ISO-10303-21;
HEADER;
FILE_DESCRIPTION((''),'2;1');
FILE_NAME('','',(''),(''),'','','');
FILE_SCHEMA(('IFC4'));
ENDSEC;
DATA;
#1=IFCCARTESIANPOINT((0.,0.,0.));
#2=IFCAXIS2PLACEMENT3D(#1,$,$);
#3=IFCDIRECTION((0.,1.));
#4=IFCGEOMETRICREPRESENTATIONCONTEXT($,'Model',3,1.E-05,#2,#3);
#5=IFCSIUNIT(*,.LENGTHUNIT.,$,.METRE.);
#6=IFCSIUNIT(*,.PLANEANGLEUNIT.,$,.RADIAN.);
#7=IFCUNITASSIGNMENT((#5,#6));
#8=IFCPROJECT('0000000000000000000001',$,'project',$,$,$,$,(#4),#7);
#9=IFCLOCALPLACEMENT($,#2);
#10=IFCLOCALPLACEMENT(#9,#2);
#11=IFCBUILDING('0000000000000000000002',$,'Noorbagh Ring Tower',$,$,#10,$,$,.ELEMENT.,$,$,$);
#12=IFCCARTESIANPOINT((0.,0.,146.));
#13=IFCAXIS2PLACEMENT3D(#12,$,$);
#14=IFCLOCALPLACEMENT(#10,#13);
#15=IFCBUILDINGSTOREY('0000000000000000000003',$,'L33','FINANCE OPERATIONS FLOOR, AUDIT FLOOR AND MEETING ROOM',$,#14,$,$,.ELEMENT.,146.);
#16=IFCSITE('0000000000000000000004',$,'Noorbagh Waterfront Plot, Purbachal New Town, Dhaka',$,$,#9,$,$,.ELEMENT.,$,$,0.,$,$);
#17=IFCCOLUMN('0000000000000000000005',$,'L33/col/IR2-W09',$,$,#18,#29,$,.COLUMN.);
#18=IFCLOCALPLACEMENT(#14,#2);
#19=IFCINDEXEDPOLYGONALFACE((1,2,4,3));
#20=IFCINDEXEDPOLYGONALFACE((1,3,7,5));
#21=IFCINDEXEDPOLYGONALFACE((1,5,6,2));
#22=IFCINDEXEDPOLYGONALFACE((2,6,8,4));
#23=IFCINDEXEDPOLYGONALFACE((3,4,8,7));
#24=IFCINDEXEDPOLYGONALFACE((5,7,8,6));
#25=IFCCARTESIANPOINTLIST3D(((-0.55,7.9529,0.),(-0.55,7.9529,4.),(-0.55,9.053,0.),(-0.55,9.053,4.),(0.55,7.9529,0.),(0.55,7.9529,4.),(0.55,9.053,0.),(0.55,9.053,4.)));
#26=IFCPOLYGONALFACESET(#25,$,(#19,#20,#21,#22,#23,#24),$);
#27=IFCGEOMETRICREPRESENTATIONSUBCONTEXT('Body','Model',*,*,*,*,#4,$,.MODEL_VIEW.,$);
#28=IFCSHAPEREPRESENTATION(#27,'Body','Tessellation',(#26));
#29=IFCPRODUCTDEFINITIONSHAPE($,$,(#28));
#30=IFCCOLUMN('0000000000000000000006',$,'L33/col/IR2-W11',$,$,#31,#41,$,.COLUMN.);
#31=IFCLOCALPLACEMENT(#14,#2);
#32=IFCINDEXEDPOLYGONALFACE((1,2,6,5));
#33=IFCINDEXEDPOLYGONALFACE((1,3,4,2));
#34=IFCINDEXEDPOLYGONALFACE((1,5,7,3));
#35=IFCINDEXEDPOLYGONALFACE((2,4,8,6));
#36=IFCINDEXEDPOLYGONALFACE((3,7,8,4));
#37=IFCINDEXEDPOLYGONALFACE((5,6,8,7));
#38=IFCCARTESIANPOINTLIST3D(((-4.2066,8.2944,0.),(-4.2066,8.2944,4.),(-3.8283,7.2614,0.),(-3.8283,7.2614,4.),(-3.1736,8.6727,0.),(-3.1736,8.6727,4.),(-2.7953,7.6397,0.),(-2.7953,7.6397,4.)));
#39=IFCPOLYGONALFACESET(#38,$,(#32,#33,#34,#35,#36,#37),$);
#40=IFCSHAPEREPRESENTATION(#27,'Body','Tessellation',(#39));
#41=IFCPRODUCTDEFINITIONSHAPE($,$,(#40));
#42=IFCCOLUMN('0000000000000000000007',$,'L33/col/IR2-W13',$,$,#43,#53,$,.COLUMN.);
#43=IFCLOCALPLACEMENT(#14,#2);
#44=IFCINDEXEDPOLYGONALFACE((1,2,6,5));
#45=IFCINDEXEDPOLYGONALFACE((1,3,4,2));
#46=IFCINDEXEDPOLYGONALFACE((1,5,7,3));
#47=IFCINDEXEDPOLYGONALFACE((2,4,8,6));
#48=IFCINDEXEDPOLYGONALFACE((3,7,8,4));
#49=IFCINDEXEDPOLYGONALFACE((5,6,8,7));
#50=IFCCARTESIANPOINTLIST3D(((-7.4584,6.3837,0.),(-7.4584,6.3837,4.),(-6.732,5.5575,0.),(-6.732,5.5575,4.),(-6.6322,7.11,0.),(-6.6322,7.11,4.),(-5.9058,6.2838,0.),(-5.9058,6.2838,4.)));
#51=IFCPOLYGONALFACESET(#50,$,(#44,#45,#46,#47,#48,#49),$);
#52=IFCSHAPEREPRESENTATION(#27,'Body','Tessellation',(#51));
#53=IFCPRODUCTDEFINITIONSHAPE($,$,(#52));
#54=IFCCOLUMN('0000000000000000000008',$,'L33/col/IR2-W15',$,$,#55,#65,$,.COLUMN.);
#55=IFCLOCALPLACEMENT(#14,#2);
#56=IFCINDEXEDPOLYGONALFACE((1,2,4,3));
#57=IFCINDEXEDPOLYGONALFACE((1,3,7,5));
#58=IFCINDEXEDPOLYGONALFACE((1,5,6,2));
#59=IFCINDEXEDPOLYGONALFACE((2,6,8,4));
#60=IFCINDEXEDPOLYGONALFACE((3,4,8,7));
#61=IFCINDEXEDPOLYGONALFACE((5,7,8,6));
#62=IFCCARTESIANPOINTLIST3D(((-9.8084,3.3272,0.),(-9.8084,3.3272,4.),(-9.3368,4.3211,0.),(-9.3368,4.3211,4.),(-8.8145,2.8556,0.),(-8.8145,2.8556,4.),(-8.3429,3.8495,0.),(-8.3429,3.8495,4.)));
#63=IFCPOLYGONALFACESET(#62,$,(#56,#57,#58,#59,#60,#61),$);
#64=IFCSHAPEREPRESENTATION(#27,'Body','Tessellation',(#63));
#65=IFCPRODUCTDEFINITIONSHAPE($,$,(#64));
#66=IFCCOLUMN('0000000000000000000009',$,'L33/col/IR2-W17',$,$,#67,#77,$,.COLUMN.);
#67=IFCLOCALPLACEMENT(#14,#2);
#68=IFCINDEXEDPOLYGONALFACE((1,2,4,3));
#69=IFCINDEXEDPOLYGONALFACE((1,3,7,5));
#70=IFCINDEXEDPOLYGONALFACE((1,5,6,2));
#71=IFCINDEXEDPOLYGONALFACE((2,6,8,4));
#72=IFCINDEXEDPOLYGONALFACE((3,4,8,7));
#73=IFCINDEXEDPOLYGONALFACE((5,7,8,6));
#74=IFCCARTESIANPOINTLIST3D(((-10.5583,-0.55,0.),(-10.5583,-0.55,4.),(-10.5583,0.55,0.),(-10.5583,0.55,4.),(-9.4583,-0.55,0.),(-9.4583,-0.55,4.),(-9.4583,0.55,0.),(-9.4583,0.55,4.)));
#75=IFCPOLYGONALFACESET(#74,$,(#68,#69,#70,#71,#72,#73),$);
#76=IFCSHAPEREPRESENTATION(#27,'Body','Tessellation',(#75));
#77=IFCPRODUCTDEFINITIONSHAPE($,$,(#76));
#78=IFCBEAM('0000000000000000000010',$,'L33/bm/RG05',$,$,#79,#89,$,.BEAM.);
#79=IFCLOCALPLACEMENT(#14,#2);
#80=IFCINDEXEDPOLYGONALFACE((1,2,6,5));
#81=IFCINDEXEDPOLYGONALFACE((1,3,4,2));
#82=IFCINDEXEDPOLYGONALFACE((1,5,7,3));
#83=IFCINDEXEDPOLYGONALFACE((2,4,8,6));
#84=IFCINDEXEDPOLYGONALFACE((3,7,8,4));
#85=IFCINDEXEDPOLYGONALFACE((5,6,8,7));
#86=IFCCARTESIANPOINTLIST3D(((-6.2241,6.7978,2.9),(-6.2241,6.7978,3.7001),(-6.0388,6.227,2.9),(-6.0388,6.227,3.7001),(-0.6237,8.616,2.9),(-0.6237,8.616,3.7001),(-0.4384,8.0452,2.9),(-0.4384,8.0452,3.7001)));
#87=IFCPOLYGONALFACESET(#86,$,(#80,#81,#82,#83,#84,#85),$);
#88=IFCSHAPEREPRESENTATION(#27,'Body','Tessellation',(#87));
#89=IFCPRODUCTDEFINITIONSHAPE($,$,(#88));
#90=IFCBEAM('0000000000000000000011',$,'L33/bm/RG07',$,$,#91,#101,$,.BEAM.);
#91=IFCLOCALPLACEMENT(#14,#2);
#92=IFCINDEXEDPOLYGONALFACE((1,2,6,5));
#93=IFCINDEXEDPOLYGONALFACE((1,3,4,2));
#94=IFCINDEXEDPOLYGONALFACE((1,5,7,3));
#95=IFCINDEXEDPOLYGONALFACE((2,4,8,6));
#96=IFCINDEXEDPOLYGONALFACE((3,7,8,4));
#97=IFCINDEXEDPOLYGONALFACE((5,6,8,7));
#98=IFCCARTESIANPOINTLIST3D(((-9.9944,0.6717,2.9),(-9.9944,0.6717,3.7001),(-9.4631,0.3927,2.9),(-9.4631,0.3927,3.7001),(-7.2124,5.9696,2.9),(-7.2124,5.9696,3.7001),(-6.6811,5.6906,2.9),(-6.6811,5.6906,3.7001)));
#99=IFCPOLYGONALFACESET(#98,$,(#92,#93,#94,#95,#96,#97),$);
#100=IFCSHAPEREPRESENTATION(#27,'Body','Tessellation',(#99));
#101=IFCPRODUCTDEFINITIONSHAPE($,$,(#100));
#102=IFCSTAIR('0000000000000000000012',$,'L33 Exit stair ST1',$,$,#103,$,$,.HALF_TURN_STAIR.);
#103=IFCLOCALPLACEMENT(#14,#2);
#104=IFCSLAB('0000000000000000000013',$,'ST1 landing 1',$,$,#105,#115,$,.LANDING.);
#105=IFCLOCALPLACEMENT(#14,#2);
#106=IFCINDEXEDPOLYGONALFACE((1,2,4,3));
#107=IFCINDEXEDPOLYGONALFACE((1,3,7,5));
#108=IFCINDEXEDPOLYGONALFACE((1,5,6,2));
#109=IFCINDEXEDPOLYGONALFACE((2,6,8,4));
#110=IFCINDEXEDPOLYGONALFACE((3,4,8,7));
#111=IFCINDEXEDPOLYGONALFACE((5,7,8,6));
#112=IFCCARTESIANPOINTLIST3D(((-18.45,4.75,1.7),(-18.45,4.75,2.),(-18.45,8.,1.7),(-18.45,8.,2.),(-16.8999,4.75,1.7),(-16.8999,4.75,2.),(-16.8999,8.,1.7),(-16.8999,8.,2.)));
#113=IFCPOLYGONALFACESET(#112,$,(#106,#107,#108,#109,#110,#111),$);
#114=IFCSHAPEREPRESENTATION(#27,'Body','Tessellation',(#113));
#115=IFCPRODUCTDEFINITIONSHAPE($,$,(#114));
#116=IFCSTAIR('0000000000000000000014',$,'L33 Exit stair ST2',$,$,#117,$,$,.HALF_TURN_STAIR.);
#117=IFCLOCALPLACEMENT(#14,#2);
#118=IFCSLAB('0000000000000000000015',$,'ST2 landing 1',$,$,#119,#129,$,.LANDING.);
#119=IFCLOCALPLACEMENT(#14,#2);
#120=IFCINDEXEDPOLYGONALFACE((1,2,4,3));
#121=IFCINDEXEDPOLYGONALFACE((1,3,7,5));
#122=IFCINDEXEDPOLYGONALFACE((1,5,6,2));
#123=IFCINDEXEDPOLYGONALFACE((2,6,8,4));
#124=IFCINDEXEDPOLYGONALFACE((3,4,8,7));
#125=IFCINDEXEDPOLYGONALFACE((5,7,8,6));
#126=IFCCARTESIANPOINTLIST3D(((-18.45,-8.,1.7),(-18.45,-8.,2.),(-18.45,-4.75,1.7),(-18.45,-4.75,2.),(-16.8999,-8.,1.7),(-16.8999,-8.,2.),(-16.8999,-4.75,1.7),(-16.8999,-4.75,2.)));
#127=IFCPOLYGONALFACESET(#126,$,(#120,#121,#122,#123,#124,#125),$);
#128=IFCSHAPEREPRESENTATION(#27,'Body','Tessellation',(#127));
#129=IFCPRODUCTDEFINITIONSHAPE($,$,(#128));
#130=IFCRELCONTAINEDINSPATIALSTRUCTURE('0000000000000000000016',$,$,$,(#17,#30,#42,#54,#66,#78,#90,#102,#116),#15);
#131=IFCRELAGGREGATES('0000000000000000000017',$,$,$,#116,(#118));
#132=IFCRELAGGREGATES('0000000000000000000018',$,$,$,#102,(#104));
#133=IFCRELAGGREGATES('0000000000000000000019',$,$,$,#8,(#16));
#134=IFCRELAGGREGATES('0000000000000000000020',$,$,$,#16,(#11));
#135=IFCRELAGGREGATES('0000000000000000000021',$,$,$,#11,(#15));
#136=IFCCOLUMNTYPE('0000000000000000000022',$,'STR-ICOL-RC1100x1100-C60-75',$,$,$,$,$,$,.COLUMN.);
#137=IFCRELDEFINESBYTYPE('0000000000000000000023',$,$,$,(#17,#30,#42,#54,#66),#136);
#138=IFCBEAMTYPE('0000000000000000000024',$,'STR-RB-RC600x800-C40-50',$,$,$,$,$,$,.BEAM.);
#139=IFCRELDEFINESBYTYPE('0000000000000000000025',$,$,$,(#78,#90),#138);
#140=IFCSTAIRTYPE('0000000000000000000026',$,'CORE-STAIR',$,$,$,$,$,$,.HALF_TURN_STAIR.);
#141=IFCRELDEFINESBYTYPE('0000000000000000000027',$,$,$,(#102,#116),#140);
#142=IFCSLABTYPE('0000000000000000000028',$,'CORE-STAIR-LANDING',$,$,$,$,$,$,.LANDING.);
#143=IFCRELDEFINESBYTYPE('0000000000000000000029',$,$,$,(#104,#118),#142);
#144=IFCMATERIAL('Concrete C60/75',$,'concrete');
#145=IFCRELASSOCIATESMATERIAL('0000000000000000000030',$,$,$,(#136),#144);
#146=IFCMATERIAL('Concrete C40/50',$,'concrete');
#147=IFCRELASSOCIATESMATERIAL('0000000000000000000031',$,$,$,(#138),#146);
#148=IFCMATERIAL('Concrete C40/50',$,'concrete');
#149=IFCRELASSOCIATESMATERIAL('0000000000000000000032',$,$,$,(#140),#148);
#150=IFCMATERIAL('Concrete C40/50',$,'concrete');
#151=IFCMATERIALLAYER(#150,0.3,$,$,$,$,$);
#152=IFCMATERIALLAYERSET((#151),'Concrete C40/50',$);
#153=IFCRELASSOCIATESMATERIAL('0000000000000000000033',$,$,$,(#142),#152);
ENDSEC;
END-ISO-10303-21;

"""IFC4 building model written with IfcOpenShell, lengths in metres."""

from ifc_helpers import new_model, si_unit, direction, frame, origin, origin_2d, place, context, subcontext, project, spatial, polyline, rectangle, outline, extrude, material, layer, layer_set, material_profile, profile_set, type_object, element, aggregate, save


model = new_model("IFC4")

# Units and contexts
model_context = context("Model", 3, precision=1e-05, world=origin(), true_north=direction((0.0, 1.0)))
body_context = subcontext(model_context, "Body", "Model", "MODEL_VIEW")
ifc_project = project(units=[si_unit("LENGTHUNIT", "METRE"), si_unit("PLANEANGLEUNIT", "RADIAN")], contexts=[model_context])

# Site, building, storey
site_placement = place(None, origin())
site = spatial("IfcSite", under=ifc_project, at=site_placement, Name="Noorbagh Waterfront Plot, Purbachal New Town, Dhaka", CompositionType="ELEMENT", RefElevation=0.0)
building_placement = place(site_placement, origin())
building = spatial("IfcBuilding", under=site, at=building_placement, Name="Noorbagh Ring Tower", CompositionType="ELEMENT")
storey_placement = place(building_placement, frame((0.0, 0.0, 146.0)))
storey = spatial("IfcBuildingStorey", under=building, at=storey_placement, Name="L33", Description="FINANCE OPERATIONS FLOOR, AUDIT FLOOR AND MEETING ROOM", CompositionType="ELEMENT", Elevation=146.0)

# Columns
ifc_material_1 = material(Name="Concrete C60/75", Category="concrete")
ifc_material_profile_1 = material_profile(ifc_material_1, rectangle(XDim=1.1001, YDim=1.1001, at=origin_2d()), Name="RC1100x1100")
ifc_profile_set_1 = profile_set([ifc_material_profile_1], Name="Concrete C60/75")
column_type = type_object("IfcColumnType", Name="STR-ICOL-RC1100x1100-C60-75", PredefinedType="COLUMN", material=ifc_profile_set_1)
for number, where, z_axis, x_axis, name in (
    (1, (0.0, 8.5029, 0.0), (0.0, 0.0, 1.0), (-1.0, 0.0, 0.0), "L33/col/IR2-W09"),
    (2, (-3.501, 7.967, 0.0), (0.0, 0.0, 1.0), (-0.93902, -0.343864, 0.0), "L33/col/IR2-W11"),
    (3, (-6.6821, 6.3337, 0.0), (0.0, 0.0, 1.0), (-0.751022, -0.660277, 0.0), "L33/col/IR2-W13"),
    (4, (-9.0757, 3.5884, 0.0), (0.0, 0.0, 1.0), (-0.428667, -0.903463, 0.0), "L33/col/IR2-W15"),
    (5, (-10.0083, 0.0, 0.0), (0.0, 0.0, 1.0), (0.0, -1.0, 0.0), "L33/col/IR2-W17"),
):
    element("IfcColumn", number, at=place(storey_placement, frame(where, z_axis=z_axis, x_axis=x_axis)), inside=storey, type_object=column_type, Name=name, PredefinedType="COLUMN", context=body_context, shape_type="SweptSolid", body=[
        extrude(rectangle(XDim=1.1001, YDim=1.1001, at=origin_2d()), origin(), (0.0, 0.0, 1.0), 4.0),
    ])

# Beams
ifc_material_2 = material(Name="Concrete C40/50", Category="concrete")
ifc_material_profile_2 = material_profile(ifc_material_2, rectangle(XDim=0.6001, YDim=0.8, at=origin_2d()), Name="RC600x800")
ifc_profile_set_2 = profile_set([ifc_material_profile_2], Name="Concrete C40/50")
beam_type = type_object("IfcBeamType", Name="STR-RB-RC600x800-C40-50", PredefinedType="BEAM", material=ifc_profile_set_2)
beam_1_placement = place(storey_placement, frame((-0.531, 8.3306, 3.3), z_axis=(-0.951134, -0.308779, 0.0), x_axis=(0.308779, -0.951134, 0.0)))
element("IfcBeam", 6, at=beam_1_placement, inside=storey, type_object=beam_type, Name="L33/bm/RG05", PredefinedType="BEAM", context=body_context, shape_type="SweptSolid", body=[
    extrude(rectangle(XDim=0.6001, YDim=0.8, at=origin_2d()), origin(), (0.0, 0.0, 1.0), 5.8882),
])
beam_2_placement = place(storey_placement, frame((-6.9468, 5.8301, 3.3), z_axis=(-0.464914, -0.885356, 0.0), x_axis=(0.885356, -0.464914, 0.0)))
element("IfcBeam", 7, at=beam_2_placement, inside=storey, type_object=beam_type, Name="L33/bm/RG07", PredefinedType="BEAM", context=body_context, shape_type="SweptSolid", body=[
    extrude(rectangle(XDim=0.6001, YDim=0.8, at=origin_2d()), origin(), (0.0, 0.0, 1.0), 5.9839),
])

# Stairs, slabs
ifc_material_3 = material(Name="Concrete C40/50", Category="concrete")
stair_type = type_object("IfcStairType", Name="CORE-STAIR", PredefinedType="HALF_TURN_STAIR", material=ifc_material_3)
stair_1_placement = place(storey_placement, origin())
stair_1 = element("IfcStair", 8, at=stair_1_placement, inside=storey, type_object=stair_type, Name="L33 Exit stair ST1", PredefinedType="HALF_TURN_STAIR")
ifc_material_4 = material(Name="Concrete C40/50", Category="concrete")
ifc_layer_1 = layer(ifc_material_4, 0.3)
ifc_layer_set_1 = layer_set([ifc_layer_1], Name="Concrete C40/50")
slab_type_1 = type_object("IfcSlabType", Name="CORE-STAIR-LANDING", PredefinedType="LANDING", material=ifc_layer_set_1)
slab_1_placement = place(storey_placement, frame((0.0, 0.0, 1.7)))
slab_1 = element("IfcSlab", 9, at=slab_1_placement, type_object=slab_type_1, Name="ST1 landing 1", PredefinedType="LANDING", context=body_context, shape_type="SweptSolid", body=[
    extrude(outline(polyline([(-18.45, 4.75), (-16.8999, 4.75), (-16.8999, 8.0), (-18.45, 8.0), (-18.45, 4.75)])), origin(), (0.0, 0.0, 1.0), 0.3),
])
stair_2_placement = place(storey_placement, origin())
stair_2 = element("IfcStair", 10, at=stair_2_placement, inside=storey, type_object=stair_type, Name="L33 Exit stair ST2", PredefinedType="HALF_TURN_STAIR")
slab_2_placement = place(storey_placement, frame((0.0, 0.0, 1.7)))
slab_2 = element("IfcSlab", 11, at=slab_2_placement, type_object=slab_type_1, Name="ST2 landing 1", PredefinedType="LANDING", context=body_context, shape_type="SweptSolid", body=[
    extrude(outline(polyline([(-18.45, -8.0), (-16.8999, -8.0), (-16.8999, -4.75), (-18.45, -4.75), (-18.45, -8.0)])), origin(), (0.0, 0.0, 1.0), 0.3),
])
aggregate(stair_2, [slab_2])

aggregate(stair_1, [slab_1])

save(model, "model.ifc")
